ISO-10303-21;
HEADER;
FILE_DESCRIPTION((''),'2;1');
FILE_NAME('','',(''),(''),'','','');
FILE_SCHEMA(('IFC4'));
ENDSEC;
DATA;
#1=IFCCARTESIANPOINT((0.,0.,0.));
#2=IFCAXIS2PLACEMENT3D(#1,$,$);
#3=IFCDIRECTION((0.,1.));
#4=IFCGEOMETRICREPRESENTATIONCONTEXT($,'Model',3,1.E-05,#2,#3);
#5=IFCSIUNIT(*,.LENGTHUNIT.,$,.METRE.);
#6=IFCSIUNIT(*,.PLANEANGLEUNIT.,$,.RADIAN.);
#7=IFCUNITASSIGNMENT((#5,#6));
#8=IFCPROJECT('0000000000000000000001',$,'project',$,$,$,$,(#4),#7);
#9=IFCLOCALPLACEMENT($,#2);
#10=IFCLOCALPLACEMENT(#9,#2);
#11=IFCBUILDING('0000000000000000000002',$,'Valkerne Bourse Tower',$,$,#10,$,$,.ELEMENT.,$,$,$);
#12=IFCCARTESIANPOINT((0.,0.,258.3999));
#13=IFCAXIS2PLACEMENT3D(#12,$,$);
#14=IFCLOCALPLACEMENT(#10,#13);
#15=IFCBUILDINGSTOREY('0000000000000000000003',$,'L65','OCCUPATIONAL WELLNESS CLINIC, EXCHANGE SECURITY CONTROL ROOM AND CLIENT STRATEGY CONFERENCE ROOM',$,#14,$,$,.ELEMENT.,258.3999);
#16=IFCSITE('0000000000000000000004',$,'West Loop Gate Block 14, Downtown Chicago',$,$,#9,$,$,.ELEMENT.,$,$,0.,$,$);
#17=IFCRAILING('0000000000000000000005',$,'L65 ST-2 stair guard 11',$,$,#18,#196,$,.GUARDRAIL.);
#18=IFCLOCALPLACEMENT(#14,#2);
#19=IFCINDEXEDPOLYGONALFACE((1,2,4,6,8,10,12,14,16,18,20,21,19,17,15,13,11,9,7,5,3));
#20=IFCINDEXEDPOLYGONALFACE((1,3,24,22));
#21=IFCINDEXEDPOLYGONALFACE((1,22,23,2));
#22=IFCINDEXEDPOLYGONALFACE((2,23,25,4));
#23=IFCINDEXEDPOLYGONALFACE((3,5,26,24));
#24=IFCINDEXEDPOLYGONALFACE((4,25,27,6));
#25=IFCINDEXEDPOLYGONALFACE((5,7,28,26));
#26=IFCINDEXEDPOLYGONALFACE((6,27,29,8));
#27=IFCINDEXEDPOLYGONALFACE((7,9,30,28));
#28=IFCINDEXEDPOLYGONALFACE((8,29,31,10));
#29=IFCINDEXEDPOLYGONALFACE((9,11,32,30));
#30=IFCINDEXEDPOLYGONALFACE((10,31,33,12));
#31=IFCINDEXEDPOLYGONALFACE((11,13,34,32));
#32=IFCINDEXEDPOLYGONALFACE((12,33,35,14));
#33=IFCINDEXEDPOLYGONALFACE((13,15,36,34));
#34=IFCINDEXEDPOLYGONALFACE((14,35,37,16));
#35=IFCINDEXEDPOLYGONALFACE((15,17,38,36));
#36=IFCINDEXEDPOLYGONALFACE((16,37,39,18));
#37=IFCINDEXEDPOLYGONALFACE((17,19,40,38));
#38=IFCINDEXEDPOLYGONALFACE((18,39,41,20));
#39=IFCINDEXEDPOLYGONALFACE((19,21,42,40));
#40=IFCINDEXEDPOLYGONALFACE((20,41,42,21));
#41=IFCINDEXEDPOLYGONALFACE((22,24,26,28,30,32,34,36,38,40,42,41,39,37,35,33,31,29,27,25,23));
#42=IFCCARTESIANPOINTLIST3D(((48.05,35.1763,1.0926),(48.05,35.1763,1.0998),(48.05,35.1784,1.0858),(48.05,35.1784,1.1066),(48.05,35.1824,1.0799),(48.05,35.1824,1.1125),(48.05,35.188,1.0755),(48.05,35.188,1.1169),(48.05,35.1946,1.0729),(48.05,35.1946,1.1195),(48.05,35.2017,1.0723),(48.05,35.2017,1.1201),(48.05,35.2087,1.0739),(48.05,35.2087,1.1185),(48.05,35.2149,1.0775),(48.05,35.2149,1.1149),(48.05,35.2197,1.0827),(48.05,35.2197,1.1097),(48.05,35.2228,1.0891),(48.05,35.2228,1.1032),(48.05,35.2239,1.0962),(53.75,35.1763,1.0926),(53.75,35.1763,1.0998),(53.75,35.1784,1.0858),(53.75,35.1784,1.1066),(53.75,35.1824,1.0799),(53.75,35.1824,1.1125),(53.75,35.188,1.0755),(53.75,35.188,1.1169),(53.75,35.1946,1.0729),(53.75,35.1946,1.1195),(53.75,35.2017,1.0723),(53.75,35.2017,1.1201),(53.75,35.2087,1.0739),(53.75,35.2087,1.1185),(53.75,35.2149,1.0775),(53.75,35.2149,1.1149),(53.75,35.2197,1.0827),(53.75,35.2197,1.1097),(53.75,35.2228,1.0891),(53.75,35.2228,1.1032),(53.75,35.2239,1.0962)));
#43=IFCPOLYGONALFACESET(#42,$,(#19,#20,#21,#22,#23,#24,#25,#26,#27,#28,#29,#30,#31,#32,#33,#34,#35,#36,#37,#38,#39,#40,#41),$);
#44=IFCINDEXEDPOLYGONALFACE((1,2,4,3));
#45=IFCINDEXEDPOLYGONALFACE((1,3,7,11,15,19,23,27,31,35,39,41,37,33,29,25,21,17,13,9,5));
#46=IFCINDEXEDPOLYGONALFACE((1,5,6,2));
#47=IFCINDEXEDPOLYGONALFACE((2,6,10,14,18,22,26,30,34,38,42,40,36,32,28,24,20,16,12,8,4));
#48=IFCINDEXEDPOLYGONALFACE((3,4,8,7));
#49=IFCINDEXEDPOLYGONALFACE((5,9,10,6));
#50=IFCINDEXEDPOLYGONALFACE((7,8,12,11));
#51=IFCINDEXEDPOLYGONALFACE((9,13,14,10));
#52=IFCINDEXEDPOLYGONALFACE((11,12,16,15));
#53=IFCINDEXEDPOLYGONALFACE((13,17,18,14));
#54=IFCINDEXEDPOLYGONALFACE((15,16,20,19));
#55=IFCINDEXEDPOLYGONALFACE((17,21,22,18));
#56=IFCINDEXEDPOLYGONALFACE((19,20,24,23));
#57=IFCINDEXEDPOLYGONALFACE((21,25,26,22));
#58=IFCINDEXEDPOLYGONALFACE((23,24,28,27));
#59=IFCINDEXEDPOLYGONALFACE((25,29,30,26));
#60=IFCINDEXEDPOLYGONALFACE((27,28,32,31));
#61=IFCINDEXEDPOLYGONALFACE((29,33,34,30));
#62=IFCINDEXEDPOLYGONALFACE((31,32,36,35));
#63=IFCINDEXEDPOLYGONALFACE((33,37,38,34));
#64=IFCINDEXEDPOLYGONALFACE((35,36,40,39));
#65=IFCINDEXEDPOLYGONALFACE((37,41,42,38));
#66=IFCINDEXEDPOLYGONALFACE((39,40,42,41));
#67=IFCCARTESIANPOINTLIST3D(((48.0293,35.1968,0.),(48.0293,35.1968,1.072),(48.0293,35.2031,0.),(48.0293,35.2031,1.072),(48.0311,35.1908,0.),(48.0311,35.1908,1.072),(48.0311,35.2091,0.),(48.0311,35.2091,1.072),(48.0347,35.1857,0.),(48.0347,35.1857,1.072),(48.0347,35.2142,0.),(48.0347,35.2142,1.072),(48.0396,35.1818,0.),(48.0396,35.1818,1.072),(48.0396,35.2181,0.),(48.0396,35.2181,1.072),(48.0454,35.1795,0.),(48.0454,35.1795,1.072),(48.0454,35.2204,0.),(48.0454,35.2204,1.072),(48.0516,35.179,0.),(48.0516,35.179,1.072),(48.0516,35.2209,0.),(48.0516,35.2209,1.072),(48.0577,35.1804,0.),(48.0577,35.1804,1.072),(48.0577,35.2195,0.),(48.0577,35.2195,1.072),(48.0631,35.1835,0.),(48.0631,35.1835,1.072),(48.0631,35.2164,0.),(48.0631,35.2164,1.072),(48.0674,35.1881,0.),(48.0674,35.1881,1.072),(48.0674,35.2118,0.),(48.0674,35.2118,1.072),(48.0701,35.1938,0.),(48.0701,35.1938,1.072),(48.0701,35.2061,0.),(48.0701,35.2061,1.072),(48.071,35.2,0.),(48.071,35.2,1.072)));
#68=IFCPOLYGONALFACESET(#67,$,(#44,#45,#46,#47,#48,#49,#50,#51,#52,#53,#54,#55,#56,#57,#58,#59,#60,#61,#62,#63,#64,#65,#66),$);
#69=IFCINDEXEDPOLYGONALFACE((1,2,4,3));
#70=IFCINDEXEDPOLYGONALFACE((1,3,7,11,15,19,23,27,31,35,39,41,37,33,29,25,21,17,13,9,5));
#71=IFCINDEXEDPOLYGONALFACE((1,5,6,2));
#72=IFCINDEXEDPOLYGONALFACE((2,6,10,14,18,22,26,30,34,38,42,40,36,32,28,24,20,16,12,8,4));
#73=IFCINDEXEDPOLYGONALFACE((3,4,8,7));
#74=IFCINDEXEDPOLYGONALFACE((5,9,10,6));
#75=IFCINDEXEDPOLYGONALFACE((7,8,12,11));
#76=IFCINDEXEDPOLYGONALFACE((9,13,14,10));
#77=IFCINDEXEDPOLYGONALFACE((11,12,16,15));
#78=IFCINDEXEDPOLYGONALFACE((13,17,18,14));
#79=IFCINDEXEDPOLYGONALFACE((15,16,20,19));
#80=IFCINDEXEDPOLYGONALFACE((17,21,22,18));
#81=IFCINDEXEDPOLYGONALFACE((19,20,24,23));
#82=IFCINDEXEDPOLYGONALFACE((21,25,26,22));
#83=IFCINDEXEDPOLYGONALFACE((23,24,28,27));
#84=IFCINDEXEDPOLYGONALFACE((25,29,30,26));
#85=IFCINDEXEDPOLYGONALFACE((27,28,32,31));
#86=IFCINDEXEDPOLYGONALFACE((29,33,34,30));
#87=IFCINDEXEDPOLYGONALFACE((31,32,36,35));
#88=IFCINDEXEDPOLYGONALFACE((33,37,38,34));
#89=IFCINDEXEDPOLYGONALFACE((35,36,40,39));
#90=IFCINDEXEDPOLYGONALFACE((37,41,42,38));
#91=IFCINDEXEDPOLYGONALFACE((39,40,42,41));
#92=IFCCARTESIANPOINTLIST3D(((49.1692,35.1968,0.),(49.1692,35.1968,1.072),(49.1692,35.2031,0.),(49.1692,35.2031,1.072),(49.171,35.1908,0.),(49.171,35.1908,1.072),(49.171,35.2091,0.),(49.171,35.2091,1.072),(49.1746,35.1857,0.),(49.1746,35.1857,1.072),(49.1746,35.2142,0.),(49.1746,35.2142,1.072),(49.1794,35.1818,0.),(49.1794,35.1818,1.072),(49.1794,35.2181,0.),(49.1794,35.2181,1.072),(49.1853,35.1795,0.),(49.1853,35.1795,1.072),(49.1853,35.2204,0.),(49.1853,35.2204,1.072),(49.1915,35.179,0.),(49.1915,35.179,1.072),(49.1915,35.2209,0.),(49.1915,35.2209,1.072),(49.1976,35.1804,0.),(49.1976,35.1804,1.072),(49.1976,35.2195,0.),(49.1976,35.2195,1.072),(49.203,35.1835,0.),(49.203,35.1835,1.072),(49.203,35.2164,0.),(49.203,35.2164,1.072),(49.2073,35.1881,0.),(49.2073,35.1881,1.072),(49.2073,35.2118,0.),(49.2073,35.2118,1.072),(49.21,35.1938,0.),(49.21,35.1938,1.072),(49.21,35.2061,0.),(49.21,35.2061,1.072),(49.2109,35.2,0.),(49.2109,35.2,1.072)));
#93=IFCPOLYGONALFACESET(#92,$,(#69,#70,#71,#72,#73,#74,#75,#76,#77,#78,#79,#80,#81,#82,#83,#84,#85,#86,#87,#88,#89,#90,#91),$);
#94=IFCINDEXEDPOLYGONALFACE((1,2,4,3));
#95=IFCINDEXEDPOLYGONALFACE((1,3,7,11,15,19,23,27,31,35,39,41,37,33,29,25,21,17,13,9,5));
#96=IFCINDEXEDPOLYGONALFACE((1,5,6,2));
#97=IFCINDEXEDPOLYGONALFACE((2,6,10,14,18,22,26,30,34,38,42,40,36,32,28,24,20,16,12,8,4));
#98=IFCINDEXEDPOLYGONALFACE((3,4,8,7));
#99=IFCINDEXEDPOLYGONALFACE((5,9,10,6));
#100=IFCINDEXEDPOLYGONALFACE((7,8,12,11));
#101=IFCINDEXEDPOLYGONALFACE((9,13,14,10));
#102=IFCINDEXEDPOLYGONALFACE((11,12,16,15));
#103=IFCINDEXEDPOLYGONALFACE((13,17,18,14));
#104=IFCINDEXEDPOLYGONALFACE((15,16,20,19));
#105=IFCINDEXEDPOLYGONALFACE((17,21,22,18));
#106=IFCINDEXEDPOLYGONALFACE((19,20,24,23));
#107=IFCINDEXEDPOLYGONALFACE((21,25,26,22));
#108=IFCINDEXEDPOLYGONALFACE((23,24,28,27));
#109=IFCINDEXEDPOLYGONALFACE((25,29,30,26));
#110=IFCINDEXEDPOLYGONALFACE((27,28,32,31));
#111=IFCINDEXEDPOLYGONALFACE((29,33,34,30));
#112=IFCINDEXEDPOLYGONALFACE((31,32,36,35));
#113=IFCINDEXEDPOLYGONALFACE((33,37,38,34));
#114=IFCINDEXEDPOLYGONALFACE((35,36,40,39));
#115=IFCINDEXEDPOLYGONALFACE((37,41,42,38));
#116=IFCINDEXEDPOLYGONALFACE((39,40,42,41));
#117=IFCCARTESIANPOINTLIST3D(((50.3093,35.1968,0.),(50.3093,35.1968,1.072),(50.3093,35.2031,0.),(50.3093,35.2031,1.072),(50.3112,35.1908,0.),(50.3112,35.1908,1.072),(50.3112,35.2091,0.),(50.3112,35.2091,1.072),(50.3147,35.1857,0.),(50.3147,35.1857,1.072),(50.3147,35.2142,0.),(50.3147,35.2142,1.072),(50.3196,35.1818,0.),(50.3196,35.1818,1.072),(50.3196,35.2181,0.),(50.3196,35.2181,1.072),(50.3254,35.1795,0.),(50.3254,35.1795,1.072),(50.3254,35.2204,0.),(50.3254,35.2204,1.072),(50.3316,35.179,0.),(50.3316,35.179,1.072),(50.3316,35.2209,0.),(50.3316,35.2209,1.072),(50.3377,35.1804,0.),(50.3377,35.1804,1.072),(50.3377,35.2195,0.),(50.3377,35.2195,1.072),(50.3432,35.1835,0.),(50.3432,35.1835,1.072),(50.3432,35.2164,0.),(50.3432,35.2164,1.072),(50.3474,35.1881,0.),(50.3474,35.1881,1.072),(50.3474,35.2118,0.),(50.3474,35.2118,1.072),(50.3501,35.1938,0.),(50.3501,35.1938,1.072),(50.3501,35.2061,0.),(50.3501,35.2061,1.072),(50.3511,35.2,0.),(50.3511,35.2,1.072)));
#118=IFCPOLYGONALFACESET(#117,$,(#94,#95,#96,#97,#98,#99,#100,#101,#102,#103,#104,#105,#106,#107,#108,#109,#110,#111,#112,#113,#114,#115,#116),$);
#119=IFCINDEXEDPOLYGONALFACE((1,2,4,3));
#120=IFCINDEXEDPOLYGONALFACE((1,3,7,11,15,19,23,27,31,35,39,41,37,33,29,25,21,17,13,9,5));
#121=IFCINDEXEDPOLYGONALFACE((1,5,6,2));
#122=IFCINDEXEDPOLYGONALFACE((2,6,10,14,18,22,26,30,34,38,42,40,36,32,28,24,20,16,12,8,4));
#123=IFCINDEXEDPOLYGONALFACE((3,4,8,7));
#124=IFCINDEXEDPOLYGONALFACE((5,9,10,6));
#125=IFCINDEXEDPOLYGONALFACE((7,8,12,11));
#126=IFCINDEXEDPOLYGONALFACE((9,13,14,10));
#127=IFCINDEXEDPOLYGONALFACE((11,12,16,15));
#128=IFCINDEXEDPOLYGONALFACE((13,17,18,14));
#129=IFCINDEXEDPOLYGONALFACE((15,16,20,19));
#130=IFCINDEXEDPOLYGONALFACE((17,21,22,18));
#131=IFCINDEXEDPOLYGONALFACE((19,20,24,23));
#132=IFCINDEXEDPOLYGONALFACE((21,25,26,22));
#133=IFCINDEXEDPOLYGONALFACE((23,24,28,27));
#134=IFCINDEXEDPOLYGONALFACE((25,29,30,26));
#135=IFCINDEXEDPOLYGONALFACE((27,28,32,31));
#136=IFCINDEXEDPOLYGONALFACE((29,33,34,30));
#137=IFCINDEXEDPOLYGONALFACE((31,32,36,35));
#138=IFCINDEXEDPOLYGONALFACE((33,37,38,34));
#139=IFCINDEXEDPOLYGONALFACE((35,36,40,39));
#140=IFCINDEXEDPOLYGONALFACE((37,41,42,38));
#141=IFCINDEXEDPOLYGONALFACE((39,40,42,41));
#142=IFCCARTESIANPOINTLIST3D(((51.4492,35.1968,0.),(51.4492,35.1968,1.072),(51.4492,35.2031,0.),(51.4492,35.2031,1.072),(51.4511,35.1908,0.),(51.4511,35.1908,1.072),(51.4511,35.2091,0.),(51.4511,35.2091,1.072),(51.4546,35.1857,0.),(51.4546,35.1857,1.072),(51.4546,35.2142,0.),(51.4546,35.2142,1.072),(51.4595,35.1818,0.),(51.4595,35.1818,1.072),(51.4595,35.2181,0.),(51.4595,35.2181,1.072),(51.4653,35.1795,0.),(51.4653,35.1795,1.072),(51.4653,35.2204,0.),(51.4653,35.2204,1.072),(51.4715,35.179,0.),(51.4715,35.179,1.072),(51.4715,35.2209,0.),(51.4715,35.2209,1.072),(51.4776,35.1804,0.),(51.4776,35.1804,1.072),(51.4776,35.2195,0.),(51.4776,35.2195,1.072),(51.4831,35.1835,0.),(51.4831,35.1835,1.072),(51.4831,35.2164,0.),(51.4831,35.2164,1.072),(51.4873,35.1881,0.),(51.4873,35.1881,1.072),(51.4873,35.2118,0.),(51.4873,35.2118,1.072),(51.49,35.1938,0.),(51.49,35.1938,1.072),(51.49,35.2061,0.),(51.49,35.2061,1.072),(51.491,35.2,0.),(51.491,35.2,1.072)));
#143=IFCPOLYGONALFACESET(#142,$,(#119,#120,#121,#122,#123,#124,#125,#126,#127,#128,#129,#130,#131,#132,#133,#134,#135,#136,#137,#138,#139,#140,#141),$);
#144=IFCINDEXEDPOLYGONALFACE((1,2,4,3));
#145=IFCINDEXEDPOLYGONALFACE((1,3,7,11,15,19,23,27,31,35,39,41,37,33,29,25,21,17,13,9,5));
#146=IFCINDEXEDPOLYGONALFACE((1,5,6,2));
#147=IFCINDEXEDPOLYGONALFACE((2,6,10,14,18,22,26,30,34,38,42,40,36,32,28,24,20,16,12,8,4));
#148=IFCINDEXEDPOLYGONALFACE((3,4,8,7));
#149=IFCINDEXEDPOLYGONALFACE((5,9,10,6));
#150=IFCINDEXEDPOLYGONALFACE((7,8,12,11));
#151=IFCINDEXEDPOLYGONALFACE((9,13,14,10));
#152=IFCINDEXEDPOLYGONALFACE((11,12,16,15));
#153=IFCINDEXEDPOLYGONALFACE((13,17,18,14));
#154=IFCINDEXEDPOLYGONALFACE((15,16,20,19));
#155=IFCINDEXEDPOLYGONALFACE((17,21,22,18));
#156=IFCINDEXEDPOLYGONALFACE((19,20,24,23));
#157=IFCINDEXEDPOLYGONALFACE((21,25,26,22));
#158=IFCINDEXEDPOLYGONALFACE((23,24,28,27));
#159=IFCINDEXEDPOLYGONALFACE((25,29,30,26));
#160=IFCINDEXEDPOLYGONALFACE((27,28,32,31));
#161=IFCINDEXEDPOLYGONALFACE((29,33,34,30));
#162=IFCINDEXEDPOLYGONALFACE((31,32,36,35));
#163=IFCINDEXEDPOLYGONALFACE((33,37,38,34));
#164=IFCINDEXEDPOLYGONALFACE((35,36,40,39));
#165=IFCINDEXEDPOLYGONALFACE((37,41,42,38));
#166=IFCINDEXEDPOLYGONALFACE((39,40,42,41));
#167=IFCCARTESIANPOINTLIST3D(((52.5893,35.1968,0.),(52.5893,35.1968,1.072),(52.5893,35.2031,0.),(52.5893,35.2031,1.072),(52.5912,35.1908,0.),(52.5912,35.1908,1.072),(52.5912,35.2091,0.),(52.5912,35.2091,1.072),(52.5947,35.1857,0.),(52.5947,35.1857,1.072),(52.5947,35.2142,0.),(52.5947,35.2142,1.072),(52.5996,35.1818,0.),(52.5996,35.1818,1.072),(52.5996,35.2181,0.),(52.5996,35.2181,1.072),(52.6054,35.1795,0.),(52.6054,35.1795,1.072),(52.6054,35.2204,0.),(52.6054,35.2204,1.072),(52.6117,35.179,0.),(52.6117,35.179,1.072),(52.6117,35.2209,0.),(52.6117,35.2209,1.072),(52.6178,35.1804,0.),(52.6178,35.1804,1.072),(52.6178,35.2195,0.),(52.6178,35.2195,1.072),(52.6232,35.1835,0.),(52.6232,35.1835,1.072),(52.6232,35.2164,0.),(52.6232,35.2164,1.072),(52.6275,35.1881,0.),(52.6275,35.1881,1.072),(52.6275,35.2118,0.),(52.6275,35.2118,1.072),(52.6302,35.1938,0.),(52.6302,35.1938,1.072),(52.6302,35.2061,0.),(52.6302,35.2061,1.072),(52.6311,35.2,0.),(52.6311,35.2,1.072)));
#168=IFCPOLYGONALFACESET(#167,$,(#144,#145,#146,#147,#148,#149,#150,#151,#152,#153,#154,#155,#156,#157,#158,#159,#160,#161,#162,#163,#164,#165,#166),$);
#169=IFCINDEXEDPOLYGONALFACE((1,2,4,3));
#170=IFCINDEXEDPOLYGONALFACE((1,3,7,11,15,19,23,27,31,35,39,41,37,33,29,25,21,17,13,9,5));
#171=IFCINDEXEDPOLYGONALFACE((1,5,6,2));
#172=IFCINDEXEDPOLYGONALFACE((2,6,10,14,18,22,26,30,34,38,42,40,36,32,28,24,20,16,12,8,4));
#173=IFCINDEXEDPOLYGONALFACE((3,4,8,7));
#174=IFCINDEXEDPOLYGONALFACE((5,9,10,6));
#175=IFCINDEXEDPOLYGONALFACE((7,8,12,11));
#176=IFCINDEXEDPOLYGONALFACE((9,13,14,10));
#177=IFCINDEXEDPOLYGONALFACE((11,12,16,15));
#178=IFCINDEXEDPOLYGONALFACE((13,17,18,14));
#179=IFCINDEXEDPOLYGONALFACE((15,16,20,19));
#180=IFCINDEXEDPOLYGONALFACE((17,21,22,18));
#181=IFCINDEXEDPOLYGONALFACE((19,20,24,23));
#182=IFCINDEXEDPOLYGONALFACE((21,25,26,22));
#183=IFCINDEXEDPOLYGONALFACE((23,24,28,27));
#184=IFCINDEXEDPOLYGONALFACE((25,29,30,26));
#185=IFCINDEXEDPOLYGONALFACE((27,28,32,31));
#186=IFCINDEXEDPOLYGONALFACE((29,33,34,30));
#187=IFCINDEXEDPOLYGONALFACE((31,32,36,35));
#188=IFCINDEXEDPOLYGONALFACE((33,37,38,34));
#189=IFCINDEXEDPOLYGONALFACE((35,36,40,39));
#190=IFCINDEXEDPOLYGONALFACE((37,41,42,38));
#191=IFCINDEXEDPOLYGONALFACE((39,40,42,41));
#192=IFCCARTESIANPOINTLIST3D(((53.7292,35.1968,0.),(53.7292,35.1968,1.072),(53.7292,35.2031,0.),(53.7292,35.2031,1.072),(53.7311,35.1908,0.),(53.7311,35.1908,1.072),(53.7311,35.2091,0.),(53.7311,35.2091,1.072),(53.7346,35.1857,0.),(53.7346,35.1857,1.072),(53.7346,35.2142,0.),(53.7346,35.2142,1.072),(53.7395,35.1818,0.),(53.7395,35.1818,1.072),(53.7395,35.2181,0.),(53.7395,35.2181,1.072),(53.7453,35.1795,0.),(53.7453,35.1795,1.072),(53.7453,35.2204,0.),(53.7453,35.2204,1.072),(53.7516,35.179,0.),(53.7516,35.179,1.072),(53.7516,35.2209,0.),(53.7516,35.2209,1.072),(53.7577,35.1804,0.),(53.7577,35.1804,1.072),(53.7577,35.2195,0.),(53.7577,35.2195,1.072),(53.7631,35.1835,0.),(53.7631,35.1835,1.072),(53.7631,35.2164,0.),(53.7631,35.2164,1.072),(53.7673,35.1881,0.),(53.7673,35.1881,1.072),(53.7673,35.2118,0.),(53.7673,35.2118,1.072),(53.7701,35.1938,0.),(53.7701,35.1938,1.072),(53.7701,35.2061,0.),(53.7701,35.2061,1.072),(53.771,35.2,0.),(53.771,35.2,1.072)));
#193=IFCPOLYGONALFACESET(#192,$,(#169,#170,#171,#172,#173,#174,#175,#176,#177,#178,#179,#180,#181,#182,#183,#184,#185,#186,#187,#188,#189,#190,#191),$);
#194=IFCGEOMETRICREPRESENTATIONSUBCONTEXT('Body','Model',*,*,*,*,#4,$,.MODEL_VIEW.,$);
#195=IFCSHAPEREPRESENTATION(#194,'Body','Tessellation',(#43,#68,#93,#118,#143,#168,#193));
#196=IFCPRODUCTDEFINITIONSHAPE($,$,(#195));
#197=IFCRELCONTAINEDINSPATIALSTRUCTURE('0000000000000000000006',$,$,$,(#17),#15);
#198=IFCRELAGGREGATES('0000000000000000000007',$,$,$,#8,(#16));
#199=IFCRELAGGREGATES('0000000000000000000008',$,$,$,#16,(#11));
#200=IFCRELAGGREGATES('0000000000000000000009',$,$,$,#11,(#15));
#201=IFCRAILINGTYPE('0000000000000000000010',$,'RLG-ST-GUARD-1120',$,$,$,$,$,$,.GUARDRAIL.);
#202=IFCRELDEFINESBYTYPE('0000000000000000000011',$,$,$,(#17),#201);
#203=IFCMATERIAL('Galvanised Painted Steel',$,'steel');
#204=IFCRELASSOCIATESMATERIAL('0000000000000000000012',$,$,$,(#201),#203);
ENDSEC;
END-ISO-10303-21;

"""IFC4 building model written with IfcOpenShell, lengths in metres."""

from ifc_helpers import new_model, si_unit, direction, frame, origin, origin_2d, place, context, subcontext, project, spatial, circle, extrude, material, type_object, element, save


model = new_model("IFC4")

# Units and contexts
model_context = context("Model", 3, precision=1e-05, world=origin(), true_north=direction((0.0, 1.0)))
body_context = subcontext(model_context, "Body", "Model", "MODEL_VIEW")
ifc_project = project(units=[si_unit("LENGTHUNIT", "METRE"), si_unit("PLANEANGLEUNIT", "RADIAN")], contexts=[model_context])

# Site, building, storey
site_placement = place(None, origin())
site = spatial("IfcSite", under=ifc_project, at=site_placement, Name="West Loop Gate Block 14, Downtown Chicago", CompositionType="ELEMENT", RefElevation=0.0)
building_placement = place(site_placement, origin())
building = spatial("IfcBuilding", under=site, at=building_placement, Name="Valkerne Bourse Tower", CompositionType="ELEMENT")
storey_placement = place(building_placement, frame((0.0, 0.0, 258.3999)))
storey = spatial("IfcBuildingStorey", under=building, at=storey_placement, Name="L65", Description="OCCUPATIONAL WELLNESS CLINIC, EXCHANGE SECURITY CONTROL ROOM AND CLIENT STRATEGY CONFERENCE ROOM", CompositionType="ELEMENT", Elevation=258.3999)

# Shared definitions
ifc_material_1 = material(Name="Galvanised Painted Steel", Category="steel")

# Railing
railing_type_1 = type_object("IfcRailingType", Name="RLG-ST-GUARD-1120", PredefinedType="GUARDRAIL", material=ifc_material_1)
for number, where, name in (
    (1, (48.05, 35.2, 0.0), "L65 ST-2 stair guard 11"),
):
    element("IfcRailing", number, at=place(storey_placement, frame(where)), inside=storey, type_object=railing_type_1, Name=name, PredefinedType="GUARDRAIL", context=body_context, shape_type="SweptSolid", body=[
        extrude(circle(Radius=0.0239, at=origin_2d()), frame((0.0, 0.0, 1.0962), z_axis=(1.0, 0.0, 0.0), x_axis=(0.0, 1.0, 0.0)), (0.0, 0.0, 1.0), 5.7),
        extrude(circle(Radius=0.021, at=origin_2d()), origin(), (0.0, 0.0, 1.0), 1.072),
        extrude(circle(Radius=0.021, at=origin_2d()), frame((1.1399, 0.0, 0.0)), (0.0, 0.0, 1.0), 1.072),
        extrude(circle(Radius=0.021, at=origin_2d()), frame((2.28, 0.0, 0.0)), (0.0, 0.0, 1.0), 1.072),
        extrude(circle(Radius=0.021, at=origin_2d()), frame((3.4199, 0.0, 0.0)), (0.0, 0.0, 1.0), 1.072),
        extrude(circle(Radius=0.021, at=origin_2d()), frame((4.5601, 0.0, 0.0)), (0.0, 0.0, 1.0), 1.072),
        extrude(circle(Radius=0.021, at=origin_2d()), frame((5.7, 0.0, 0.0)), (0.0, 0.0, 1.0), 1.072),
    ])

save(model, "model.ifc")
